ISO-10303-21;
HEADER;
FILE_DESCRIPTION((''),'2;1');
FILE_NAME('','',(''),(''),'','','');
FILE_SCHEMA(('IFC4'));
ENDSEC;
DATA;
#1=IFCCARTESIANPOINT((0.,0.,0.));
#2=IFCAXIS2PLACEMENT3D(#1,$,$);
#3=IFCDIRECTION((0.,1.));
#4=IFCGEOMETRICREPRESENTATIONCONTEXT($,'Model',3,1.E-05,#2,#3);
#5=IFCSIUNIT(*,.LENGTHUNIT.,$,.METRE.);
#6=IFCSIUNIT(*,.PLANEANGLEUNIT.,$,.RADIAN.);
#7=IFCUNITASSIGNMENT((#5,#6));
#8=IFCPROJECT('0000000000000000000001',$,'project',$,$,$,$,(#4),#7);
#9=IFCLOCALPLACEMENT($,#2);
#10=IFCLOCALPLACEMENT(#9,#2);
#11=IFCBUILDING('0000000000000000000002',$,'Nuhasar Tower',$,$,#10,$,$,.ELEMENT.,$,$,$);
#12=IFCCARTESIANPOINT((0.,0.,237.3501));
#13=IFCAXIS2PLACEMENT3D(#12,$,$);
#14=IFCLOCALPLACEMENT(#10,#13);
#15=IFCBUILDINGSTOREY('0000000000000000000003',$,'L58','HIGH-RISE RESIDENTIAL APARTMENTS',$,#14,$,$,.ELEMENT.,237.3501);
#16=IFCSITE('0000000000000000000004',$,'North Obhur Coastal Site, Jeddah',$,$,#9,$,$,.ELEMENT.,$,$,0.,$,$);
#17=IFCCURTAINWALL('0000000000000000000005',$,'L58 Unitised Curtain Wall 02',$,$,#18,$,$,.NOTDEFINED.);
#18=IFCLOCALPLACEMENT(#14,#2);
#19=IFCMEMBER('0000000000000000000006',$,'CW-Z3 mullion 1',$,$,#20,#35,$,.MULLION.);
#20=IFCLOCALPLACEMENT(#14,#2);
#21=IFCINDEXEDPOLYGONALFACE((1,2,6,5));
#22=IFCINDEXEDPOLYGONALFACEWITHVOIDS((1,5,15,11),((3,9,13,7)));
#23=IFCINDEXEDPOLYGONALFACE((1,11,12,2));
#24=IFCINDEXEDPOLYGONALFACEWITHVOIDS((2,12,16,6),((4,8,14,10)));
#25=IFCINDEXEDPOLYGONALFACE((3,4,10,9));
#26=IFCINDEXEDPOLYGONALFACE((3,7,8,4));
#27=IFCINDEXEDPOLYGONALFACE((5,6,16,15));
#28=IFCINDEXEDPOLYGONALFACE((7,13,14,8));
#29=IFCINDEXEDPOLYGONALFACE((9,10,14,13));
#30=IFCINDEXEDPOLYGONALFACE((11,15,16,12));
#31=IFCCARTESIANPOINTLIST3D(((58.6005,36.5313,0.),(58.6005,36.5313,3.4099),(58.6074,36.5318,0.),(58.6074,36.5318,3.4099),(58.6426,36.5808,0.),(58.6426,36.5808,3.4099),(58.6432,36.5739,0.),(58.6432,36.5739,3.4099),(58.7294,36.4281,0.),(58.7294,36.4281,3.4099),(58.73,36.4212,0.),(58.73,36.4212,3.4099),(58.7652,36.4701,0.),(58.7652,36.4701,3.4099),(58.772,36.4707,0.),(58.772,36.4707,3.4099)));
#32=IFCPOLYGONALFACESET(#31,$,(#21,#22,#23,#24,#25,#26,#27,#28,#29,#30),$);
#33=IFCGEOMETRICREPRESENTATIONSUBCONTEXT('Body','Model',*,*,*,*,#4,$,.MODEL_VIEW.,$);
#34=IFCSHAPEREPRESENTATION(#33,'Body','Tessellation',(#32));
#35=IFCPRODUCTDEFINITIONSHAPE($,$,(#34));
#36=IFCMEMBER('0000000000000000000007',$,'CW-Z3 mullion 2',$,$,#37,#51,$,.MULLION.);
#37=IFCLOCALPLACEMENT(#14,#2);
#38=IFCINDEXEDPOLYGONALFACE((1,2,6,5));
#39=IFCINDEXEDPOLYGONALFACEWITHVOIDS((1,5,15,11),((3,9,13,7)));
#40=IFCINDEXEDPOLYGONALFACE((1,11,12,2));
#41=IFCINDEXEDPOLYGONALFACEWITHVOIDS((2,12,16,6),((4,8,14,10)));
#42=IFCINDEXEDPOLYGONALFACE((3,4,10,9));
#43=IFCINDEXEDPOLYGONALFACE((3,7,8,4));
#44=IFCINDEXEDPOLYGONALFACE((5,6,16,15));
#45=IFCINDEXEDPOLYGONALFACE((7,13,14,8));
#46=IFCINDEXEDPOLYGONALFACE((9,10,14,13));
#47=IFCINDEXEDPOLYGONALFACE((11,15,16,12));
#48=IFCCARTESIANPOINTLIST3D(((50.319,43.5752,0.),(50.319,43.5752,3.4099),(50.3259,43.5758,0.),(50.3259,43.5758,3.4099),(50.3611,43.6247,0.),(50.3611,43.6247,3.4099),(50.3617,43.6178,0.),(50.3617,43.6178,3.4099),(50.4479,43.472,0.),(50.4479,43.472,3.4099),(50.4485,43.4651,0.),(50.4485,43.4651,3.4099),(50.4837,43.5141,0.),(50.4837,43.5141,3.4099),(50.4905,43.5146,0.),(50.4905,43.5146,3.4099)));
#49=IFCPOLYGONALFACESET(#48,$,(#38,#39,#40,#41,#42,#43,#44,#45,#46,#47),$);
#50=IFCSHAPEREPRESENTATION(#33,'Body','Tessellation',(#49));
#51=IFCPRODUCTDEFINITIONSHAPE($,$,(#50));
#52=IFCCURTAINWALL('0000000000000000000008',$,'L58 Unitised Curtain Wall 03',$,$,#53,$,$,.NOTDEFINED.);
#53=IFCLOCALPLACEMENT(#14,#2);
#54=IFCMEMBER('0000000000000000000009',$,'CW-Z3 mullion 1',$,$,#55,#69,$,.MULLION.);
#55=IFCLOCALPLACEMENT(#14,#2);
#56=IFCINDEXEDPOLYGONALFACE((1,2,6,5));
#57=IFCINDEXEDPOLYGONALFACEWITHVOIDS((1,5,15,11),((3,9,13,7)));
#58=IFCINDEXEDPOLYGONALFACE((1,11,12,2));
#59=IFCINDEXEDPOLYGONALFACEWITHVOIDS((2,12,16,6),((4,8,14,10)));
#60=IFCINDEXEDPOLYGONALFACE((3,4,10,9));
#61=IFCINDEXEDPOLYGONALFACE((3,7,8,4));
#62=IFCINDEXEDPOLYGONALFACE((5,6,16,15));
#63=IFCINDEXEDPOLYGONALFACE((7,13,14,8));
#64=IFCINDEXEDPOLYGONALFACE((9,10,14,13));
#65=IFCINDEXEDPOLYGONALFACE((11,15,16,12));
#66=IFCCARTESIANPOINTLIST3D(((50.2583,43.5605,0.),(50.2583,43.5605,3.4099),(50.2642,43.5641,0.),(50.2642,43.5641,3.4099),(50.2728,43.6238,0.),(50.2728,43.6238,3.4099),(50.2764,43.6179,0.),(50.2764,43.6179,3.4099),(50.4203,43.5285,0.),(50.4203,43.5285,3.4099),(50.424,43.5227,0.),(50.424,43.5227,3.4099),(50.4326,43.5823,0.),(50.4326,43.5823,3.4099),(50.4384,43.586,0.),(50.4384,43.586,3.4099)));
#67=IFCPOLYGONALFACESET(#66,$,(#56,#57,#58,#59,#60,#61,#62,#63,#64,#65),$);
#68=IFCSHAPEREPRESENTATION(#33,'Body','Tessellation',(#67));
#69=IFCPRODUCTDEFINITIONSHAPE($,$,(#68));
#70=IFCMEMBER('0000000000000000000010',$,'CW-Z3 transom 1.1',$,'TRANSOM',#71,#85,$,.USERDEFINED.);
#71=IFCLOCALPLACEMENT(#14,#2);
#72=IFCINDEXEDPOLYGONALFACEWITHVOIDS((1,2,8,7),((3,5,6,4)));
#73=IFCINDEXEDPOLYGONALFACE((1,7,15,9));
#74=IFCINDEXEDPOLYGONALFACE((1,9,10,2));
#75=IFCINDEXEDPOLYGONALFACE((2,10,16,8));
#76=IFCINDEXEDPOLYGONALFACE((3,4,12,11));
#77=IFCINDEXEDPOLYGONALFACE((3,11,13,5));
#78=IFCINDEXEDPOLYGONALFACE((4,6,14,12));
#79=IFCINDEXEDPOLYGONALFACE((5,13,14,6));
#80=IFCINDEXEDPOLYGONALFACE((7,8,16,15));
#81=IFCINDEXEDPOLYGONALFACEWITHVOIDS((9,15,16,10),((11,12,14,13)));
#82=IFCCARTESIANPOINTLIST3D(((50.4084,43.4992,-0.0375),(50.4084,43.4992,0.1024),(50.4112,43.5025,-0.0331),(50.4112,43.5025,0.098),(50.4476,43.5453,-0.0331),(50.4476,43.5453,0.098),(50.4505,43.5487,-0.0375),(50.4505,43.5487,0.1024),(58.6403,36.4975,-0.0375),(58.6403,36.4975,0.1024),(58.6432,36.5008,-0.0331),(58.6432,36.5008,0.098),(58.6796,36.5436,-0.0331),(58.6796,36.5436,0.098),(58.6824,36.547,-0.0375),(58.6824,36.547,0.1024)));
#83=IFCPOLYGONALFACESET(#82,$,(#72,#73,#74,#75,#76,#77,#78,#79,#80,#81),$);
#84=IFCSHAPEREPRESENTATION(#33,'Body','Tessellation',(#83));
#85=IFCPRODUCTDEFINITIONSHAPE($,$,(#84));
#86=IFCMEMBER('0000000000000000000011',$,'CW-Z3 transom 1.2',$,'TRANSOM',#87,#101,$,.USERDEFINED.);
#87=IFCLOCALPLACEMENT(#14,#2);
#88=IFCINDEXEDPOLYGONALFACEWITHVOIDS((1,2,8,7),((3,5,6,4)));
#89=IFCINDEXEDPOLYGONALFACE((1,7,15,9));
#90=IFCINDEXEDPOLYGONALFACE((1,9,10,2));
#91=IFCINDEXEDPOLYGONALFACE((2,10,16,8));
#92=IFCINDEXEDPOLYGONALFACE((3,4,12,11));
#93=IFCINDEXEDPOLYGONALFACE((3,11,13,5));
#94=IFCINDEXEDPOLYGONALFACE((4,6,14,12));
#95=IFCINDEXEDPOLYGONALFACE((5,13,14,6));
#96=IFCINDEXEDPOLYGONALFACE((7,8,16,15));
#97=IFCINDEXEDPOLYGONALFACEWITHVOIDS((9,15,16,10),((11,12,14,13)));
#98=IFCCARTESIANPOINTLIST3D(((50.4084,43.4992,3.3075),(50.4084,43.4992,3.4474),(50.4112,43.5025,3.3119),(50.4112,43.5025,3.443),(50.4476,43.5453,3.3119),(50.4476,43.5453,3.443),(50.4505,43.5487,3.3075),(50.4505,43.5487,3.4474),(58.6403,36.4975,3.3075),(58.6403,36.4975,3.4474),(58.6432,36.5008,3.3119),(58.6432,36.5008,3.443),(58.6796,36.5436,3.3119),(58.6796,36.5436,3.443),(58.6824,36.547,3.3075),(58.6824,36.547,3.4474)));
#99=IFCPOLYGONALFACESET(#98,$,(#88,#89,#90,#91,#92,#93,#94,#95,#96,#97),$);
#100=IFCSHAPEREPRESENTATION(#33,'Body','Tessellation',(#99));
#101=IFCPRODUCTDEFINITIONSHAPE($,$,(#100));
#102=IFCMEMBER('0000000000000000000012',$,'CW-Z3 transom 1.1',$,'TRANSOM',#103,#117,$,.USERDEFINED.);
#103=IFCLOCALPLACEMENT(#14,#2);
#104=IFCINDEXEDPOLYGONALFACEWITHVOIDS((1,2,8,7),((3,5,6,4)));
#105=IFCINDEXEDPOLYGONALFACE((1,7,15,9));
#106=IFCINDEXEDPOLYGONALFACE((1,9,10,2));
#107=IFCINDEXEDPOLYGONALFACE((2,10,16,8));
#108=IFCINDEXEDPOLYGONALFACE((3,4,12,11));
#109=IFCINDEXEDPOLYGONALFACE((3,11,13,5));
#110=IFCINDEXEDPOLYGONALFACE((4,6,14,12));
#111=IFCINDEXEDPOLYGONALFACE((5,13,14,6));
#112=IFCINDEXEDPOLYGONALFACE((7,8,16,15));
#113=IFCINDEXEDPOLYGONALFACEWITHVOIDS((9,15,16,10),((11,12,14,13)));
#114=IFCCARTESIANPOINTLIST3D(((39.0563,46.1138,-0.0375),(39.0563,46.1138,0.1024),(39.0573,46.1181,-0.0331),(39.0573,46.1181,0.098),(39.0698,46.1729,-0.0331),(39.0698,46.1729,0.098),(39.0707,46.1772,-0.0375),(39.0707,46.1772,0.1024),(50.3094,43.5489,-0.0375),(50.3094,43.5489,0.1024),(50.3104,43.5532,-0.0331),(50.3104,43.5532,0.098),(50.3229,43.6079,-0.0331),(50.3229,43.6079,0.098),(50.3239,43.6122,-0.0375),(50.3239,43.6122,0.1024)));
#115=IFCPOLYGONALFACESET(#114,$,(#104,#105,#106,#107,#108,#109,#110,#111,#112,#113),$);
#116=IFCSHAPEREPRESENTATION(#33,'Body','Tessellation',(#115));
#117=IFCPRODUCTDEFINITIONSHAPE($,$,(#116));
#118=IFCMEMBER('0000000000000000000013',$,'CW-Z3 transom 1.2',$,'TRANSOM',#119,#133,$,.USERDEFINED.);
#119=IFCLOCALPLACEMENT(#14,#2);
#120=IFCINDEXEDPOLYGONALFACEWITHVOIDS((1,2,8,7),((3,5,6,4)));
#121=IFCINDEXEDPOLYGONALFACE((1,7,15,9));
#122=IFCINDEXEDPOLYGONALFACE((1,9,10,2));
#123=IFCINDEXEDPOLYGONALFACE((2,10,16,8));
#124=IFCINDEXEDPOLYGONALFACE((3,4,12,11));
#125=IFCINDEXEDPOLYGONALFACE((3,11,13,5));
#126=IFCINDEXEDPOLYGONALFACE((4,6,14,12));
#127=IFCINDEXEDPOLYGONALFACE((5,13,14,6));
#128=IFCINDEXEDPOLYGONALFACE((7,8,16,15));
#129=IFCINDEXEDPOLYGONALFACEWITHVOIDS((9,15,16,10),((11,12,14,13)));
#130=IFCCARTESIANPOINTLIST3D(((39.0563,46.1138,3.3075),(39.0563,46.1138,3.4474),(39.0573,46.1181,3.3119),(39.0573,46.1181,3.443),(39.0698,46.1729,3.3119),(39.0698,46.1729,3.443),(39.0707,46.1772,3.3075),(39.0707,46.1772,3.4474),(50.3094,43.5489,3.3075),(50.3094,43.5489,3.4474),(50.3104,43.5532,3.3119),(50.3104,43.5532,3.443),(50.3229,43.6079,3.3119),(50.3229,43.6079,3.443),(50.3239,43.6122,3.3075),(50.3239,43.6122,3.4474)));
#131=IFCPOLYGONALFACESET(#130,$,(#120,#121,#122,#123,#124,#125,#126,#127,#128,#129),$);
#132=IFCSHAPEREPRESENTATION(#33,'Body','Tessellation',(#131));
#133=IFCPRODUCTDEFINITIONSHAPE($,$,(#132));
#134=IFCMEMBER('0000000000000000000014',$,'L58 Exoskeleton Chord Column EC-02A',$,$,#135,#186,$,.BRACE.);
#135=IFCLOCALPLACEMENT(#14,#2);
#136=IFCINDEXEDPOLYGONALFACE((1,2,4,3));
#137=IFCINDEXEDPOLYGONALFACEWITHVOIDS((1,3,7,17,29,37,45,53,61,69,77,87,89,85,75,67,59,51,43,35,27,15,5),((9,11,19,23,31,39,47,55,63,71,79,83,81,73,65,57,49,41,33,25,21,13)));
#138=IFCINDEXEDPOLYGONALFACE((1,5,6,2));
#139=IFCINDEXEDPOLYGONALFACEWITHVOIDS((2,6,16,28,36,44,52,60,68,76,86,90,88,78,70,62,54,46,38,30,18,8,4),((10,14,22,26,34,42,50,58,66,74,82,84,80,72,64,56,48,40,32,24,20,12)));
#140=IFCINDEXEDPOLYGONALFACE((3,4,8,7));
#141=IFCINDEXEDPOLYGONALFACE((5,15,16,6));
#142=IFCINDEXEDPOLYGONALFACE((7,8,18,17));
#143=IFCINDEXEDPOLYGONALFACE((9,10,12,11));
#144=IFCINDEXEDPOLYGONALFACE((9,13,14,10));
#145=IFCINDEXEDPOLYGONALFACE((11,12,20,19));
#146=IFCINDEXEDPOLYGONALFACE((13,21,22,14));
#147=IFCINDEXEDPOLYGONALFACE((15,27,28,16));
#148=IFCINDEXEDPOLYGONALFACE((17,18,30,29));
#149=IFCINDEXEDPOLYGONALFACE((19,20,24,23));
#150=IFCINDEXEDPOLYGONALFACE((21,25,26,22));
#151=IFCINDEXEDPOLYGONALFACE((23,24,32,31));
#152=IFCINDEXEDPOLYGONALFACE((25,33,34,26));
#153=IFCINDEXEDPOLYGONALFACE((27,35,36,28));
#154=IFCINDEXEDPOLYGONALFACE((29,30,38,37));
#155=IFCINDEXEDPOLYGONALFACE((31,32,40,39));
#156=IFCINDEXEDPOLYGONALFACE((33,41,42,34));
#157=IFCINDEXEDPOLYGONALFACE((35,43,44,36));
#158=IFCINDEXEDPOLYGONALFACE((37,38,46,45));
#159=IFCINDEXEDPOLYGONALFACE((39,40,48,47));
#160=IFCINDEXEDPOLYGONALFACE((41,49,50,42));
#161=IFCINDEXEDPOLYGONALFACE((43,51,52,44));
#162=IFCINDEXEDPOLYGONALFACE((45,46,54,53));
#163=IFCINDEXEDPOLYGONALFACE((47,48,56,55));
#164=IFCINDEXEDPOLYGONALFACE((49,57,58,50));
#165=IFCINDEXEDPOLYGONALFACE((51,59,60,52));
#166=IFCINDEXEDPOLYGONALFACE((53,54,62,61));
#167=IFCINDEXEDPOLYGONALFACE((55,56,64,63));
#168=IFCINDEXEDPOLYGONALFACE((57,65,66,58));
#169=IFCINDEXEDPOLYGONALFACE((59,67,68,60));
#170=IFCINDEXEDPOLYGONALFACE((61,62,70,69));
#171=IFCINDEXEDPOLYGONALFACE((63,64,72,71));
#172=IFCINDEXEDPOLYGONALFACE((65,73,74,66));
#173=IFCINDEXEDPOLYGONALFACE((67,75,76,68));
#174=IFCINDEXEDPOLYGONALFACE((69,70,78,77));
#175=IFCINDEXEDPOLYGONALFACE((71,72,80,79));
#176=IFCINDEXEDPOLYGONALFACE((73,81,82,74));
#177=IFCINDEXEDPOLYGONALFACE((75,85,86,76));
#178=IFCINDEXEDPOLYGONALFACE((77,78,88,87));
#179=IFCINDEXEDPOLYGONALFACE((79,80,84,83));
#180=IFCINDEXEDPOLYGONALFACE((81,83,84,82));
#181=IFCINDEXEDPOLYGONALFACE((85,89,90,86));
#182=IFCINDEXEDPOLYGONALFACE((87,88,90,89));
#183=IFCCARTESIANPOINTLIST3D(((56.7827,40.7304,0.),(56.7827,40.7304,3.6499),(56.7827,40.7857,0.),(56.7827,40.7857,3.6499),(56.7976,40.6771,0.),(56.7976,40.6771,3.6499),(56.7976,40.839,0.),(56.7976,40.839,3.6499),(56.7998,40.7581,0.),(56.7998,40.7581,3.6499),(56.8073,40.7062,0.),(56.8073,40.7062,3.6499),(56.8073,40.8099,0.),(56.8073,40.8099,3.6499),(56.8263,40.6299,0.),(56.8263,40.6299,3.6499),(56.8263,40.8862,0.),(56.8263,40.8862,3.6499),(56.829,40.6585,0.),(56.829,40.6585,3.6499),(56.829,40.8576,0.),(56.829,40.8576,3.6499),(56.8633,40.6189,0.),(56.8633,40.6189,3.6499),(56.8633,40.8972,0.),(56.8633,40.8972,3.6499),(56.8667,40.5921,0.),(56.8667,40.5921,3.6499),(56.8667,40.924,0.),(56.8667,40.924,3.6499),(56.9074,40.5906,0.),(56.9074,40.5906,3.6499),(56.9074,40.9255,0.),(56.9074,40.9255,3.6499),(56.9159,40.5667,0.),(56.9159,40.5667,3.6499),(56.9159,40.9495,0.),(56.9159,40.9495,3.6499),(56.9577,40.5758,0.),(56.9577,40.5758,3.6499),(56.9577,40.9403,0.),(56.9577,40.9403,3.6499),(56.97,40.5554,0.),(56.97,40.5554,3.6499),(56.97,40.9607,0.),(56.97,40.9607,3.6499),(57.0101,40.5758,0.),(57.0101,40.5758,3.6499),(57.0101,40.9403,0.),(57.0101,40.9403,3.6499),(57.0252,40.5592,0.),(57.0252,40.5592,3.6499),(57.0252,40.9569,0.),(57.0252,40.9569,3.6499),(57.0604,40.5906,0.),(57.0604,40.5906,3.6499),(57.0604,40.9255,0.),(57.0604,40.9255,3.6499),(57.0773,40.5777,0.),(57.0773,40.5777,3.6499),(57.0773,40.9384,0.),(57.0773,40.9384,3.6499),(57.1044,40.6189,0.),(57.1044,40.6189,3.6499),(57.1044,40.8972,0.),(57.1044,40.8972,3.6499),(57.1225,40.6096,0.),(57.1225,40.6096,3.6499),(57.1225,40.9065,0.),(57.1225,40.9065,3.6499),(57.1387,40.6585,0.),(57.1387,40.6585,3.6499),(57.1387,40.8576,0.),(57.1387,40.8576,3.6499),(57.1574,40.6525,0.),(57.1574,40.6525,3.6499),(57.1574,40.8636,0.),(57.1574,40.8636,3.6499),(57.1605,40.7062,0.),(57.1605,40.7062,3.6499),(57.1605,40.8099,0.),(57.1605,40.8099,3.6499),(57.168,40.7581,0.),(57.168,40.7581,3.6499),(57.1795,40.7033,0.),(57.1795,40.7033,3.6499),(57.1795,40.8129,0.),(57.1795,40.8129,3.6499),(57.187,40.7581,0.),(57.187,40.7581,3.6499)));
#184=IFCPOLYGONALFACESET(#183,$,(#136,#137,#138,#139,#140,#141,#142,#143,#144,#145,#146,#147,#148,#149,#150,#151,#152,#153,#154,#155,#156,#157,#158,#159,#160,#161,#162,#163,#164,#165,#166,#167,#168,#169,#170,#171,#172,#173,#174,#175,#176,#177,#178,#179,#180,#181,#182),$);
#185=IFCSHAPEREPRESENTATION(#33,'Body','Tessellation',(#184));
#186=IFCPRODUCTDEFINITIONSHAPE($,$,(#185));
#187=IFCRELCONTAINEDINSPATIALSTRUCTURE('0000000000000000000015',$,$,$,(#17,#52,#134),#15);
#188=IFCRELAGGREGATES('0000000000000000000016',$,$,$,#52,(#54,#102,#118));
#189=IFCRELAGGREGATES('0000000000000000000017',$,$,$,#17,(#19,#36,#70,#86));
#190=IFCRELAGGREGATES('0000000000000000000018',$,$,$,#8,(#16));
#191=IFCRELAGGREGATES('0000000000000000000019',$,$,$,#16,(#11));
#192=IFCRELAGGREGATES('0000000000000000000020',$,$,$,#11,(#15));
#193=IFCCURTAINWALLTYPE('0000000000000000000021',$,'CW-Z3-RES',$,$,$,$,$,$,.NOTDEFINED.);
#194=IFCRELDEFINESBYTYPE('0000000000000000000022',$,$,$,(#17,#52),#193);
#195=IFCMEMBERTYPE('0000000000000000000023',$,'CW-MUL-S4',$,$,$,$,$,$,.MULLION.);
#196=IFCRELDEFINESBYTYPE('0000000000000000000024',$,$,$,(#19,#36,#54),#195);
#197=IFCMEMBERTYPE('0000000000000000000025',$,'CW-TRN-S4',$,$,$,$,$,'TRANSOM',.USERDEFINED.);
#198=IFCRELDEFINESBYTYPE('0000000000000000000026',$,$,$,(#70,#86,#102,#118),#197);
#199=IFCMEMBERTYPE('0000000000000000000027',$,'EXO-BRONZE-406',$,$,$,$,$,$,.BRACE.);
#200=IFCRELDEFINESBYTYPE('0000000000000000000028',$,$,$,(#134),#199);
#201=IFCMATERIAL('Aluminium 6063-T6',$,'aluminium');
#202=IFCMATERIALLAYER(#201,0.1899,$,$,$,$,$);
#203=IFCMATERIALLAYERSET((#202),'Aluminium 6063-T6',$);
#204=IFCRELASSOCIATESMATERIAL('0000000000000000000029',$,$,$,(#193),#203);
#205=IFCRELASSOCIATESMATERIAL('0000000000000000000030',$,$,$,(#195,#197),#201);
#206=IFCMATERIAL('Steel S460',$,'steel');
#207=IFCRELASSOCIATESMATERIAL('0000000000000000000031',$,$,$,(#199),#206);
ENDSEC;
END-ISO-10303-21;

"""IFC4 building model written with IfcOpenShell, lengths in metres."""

from ifc_helpers import new_model, si_unit, direction, frame, origin, origin_2d, place, context, subcontext, project, spatial, hollow_rectangle, hollow_circle, extrude, material, layer, layer_set, material_profile, profile_set, type_object, element, aggregate, save


model = new_model("IFC4")

# Units and contexts
model_context = context("Model", 3, precision=1e-05, world=origin(), true_north=direction((0.0, 1.0)))
body_context = subcontext(model_context, "Body", "Model", "MODEL_VIEW")
ifc_project = project(units=[si_unit("LENGTHUNIT", "METRE"), si_unit("PLANEANGLEUNIT", "RADIAN")], contexts=[model_context])

# Site, building, storey
site_placement = place(None, origin())
site = spatial("IfcSite", under=ifc_project, at=site_placement, Name="North Obhur Coastal Site, Jeddah", CompositionType="ELEMENT", RefElevation=0.0)
building_placement = place(site_placement, origin())
building = spatial("IfcBuilding", under=site, at=building_placement, Name="Nuhasar Tower", CompositionType="ELEMENT")
storey_placement = place(building_placement, frame((0.0, 0.0, 237.3501)))
storey = spatial("IfcBuildingStorey", under=building, at=storey_placement, Name="L58", Description="HIGH-RISE RESIDENTIAL APARTMENTS", CompositionType="ELEMENT", Elevation=237.3501)

# Curtain wall, members
ifc_material_1 = material(Name="Aluminium 6063-T6", Category="aluminium")
ifc_layer_1 = layer(ifc_material_1, 0.1899)
ifc_layer_set_1 = layer_set([ifc_layer_1], Name="Aluminium 6063-T6")
curtain_wall_type = type_object("IfcCurtainWallType", Name="CW-Z3-RES", PredefinedType="NOTDEFINED", material=ifc_layer_set_1)
curtain_wall_1_placement = place(storey_placement, origin())
curtain_wall_1 = element("IfcCurtainWall", 1, at=curtain_wall_1_placement, inside=storey, type_object=curtain_wall_type, Name="L58 Unitised Curtain Wall 02", PredefinedType="NOTDEFINED")
ifc_material_profile_1 = material_profile(ifc_material_1, hollow_rectangle(XDim=0.0649, YDim=0.1699, WallThickness=0.0049, at=origin_2d()), Name="CWM-4")
ifc_profile_set_1 = profile_set([ifc_material_profile_1], Name="Aluminium 6063-T6")
member_type_1 = type_object("IfcMemberType", Name="CW-MUL-S4", PredefinedType="MULLION", material=ifc_profile_set_1)
member_1_placement = place(storey_placement, frame((58.6863, 36.501, 0.0), z_axis=(0.0, 0.0, 1.0), x_axis=(-0.647895, -0.761729, 0.0)))
member_1 = element("IfcMember", 2, at=member_1_placement, type_object=member_type_1, Name="CW-Z3 mullion 1", PredefinedType="MULLION", context=body_context, shape_type="SweptSolid", body=[
    extrude(hollow_rectangle(XDim=0.0649, YDim=0.1699, WallThickness=0.0049, at=origin_2d()), origin(), (0.0, 0.0, 1.0), 3.4099),
])
member_2_placement = place(storey_placement, frame((50.4048, 43.5449, 0.0), z_axis=(0.0, 0.0, 1.0), x_axis=(-0.647895, -0.761729, 0.0)))
member_2 = element("IfcMember", 3, at=member_2_placement, type_object=member_type_1, Name="CW-Z3 mullion 2", PredefinedType="MULLION", context=body_context, shape_type="SweptSolid", body=[
    extrude(hollow_rectangle(XDim=0.0649, YDim=0.1699, WallThickness=0.0049, at=origin_2d()), origin(), (0.0, 0.0, 1.0), 3.4099),
])

# Curtain wall, member
curtain_wall_2_placement = place(storey_placement, origin())
curtain_wall_2 = element("IfcCurtainWall", 4, at=curtain_wall_2_placement, inside=storey, type_object=curtain_wall_type, Name="L58 Unitised Curtain Wall 03", PredefinedType="NOTDEFINED")
member_3_placement = place(storey_placement, frame((50.3484, 43.5732, 0.0), z_axis=(0.0, 0.0, 1.0), x_axis=(-0.222243, -0.974991, 0.0)))
member_3 = element("IfcMember", 5, at=member_3_placement, type_object=member_type_1, Name="CW-Z3 mullion 1", PredefinedType="MULLION", context=body_context, shape_type="SweptSolid", body=[
    extrude(hollow_rectangle(XDim=0.0649, YDim=0.1699, WallThickness=0.0049, at=origin_2d()), origin(), (0.0, 0.0, 1.0), 3.4099),
])

# Members
ifc_material_profile_2 = material_profile(ifc_material_1, hollow_rectangle(XDim=0.0649, YDim=0.1399, WallThickness=0.0044, at=origin_2d()), Name="CWT-4")
ifc_profile_set_2 = profile_set([ifc_material_profile_2], Name="Aluminium 6063-T6")
member_type_2 = type_object("IfcMemberType", Name="CW-TRN-S4", ElementType="TRANSOM", PredefinedType="USERDEFINED", material=ifc_profile_set_2)
member_4_placement = place(storey_placement, frame((58.6614, 36.5222, 0.0325), z_axis=(-0.761731, 0.647894, 0.0), x_axis=(-0.647894, -0.761731, 0.0)))
member_4 = element("IfcMember", 6, at=member_4_placement, type_object=member_type_2, Name="CW-Z3 transom 1.1", ObjectType="TRANSOM", PredefinedType="USERDEFINED", context=body_context, shape_type="SweptSolid", body=[
    extrude(hollow_rectangle(XDim=0.0649, YDim=0.1399, WallThickness=0.0044, at=origin_2d()), origin(), (0.0, 0.0, 1.0), 10.8069),
])
member_5_placement = place(storey_placement, frame((58.6614, 36.5222, 3.3774), z_axis=(-0.761731, 0.647894, 0.0), x_axis=(-0.647894, -0.761731, 0.0)))
member_5 = element("IfcMember", 7, at=member_5_placement, type_object=member_type_2, Name="CW-Z3 transom 1.2", ObjectType="TRANSOM", PredefinedType="USERDEFINED", context=body_context, shape_type="SweptSolid", body=[
    extrude(hollow_rectangle(XDim=0.0649, YDim=0.1399, WallThickness=0.0044, at=origin_2d()), origin(), (0.0, 0.0, 1.0), 10.8069),
])
member_6_placement = place(storey_placement, frame((50.3167, 43.5806, 0.0325), z_axis=(-0.974994, 0.222231, 0.0), x_axis=(-0.222231, -0.974994, 0.0)))
member_6 = element("IfcMember", 8, at=member_6_placement, type_object=member_type_2, Name="CW-Z3 transom 1.1", ObjectType="TRANSOM", PredefinedType="USERDEFINED", context=body_context, shape_type="SweptSolid", body=[
    extrude(hollow_rectangle(XDim=0.0649, YDim=0.1399, WallThickness=0.0044, at=origin_2d()), origin(), (0.0, 0.0, 1.0), 11.5417),
])
member_7_placement = place(storey_placement, frame((50.3167, 43.5806, 3.3774), z_axis=(-0.974994, 0.222231, 0.0), x_axis=(-0.222231, -0.974994, 0.0)))
member_7 = element("IfcMember", 9, at=member_7_placement, type_object=member_type_2, Name="CW-Z3 transom 1.2", ObjectType="TRANSOM", PredefinedType="USERDEFINED", context=body_context, shape_type="SweptSolid", body=[
    extrude(hollow_rectangle(XDim=0.0649, YDim=0.1399, WallThickness=0.0044, at=origin_2d()), origin(), (0.0, 0.0, 1.0), 11.5417),
])
aggregate(curtain_wall_2, [member_3, member_6, member_7])

# Member
ifc_material_2 = material(Name="Steel S460", Category="steel")
ifc_material_profile_3 = material_profile(ifc_material_2, hollow_circle(Radius=0.2031, WallThickness=0.019, at=origin_2d()), Name="HSS406.4X19.1")
ifc_profile_set_3 = profile_set([ifc_material_profile_3], Name="Steel S460")
member_type_3 = type_object("IfcMemberType", Name="EXO-BRONZE-406", PredefinedType="BRACE", material=ifc_profile_set_3)
for number, where, z_axis, x_axis, name in (
    (10, (56.9839, 40.7581, 0.0), (0.0, 0.0, 1.0), (1.0, 0.0, 0.0), "L58 Exoskeleton Chord Column EC-02A"),
):
    element("IfcMember", number, at=place(storey_placement, frame(where, z_axis=z_axis, x_axis=x_axis)), inside=storey, type_object=member_type_3, Name=name, PredefinedType="BRACE", context=body_context, shape_type="SweptSolid", body=[
        extrude(hollow_circle(Radius=0.2031, WallThickness=0.019, at=origin_2d()), origin(), (0.0, 0.0, 1.0), 3.6499),
    ])

aggregate(curtain_wall_1, [member_1, member_2, member_4, member_5])

save(model, "model.ifc")
